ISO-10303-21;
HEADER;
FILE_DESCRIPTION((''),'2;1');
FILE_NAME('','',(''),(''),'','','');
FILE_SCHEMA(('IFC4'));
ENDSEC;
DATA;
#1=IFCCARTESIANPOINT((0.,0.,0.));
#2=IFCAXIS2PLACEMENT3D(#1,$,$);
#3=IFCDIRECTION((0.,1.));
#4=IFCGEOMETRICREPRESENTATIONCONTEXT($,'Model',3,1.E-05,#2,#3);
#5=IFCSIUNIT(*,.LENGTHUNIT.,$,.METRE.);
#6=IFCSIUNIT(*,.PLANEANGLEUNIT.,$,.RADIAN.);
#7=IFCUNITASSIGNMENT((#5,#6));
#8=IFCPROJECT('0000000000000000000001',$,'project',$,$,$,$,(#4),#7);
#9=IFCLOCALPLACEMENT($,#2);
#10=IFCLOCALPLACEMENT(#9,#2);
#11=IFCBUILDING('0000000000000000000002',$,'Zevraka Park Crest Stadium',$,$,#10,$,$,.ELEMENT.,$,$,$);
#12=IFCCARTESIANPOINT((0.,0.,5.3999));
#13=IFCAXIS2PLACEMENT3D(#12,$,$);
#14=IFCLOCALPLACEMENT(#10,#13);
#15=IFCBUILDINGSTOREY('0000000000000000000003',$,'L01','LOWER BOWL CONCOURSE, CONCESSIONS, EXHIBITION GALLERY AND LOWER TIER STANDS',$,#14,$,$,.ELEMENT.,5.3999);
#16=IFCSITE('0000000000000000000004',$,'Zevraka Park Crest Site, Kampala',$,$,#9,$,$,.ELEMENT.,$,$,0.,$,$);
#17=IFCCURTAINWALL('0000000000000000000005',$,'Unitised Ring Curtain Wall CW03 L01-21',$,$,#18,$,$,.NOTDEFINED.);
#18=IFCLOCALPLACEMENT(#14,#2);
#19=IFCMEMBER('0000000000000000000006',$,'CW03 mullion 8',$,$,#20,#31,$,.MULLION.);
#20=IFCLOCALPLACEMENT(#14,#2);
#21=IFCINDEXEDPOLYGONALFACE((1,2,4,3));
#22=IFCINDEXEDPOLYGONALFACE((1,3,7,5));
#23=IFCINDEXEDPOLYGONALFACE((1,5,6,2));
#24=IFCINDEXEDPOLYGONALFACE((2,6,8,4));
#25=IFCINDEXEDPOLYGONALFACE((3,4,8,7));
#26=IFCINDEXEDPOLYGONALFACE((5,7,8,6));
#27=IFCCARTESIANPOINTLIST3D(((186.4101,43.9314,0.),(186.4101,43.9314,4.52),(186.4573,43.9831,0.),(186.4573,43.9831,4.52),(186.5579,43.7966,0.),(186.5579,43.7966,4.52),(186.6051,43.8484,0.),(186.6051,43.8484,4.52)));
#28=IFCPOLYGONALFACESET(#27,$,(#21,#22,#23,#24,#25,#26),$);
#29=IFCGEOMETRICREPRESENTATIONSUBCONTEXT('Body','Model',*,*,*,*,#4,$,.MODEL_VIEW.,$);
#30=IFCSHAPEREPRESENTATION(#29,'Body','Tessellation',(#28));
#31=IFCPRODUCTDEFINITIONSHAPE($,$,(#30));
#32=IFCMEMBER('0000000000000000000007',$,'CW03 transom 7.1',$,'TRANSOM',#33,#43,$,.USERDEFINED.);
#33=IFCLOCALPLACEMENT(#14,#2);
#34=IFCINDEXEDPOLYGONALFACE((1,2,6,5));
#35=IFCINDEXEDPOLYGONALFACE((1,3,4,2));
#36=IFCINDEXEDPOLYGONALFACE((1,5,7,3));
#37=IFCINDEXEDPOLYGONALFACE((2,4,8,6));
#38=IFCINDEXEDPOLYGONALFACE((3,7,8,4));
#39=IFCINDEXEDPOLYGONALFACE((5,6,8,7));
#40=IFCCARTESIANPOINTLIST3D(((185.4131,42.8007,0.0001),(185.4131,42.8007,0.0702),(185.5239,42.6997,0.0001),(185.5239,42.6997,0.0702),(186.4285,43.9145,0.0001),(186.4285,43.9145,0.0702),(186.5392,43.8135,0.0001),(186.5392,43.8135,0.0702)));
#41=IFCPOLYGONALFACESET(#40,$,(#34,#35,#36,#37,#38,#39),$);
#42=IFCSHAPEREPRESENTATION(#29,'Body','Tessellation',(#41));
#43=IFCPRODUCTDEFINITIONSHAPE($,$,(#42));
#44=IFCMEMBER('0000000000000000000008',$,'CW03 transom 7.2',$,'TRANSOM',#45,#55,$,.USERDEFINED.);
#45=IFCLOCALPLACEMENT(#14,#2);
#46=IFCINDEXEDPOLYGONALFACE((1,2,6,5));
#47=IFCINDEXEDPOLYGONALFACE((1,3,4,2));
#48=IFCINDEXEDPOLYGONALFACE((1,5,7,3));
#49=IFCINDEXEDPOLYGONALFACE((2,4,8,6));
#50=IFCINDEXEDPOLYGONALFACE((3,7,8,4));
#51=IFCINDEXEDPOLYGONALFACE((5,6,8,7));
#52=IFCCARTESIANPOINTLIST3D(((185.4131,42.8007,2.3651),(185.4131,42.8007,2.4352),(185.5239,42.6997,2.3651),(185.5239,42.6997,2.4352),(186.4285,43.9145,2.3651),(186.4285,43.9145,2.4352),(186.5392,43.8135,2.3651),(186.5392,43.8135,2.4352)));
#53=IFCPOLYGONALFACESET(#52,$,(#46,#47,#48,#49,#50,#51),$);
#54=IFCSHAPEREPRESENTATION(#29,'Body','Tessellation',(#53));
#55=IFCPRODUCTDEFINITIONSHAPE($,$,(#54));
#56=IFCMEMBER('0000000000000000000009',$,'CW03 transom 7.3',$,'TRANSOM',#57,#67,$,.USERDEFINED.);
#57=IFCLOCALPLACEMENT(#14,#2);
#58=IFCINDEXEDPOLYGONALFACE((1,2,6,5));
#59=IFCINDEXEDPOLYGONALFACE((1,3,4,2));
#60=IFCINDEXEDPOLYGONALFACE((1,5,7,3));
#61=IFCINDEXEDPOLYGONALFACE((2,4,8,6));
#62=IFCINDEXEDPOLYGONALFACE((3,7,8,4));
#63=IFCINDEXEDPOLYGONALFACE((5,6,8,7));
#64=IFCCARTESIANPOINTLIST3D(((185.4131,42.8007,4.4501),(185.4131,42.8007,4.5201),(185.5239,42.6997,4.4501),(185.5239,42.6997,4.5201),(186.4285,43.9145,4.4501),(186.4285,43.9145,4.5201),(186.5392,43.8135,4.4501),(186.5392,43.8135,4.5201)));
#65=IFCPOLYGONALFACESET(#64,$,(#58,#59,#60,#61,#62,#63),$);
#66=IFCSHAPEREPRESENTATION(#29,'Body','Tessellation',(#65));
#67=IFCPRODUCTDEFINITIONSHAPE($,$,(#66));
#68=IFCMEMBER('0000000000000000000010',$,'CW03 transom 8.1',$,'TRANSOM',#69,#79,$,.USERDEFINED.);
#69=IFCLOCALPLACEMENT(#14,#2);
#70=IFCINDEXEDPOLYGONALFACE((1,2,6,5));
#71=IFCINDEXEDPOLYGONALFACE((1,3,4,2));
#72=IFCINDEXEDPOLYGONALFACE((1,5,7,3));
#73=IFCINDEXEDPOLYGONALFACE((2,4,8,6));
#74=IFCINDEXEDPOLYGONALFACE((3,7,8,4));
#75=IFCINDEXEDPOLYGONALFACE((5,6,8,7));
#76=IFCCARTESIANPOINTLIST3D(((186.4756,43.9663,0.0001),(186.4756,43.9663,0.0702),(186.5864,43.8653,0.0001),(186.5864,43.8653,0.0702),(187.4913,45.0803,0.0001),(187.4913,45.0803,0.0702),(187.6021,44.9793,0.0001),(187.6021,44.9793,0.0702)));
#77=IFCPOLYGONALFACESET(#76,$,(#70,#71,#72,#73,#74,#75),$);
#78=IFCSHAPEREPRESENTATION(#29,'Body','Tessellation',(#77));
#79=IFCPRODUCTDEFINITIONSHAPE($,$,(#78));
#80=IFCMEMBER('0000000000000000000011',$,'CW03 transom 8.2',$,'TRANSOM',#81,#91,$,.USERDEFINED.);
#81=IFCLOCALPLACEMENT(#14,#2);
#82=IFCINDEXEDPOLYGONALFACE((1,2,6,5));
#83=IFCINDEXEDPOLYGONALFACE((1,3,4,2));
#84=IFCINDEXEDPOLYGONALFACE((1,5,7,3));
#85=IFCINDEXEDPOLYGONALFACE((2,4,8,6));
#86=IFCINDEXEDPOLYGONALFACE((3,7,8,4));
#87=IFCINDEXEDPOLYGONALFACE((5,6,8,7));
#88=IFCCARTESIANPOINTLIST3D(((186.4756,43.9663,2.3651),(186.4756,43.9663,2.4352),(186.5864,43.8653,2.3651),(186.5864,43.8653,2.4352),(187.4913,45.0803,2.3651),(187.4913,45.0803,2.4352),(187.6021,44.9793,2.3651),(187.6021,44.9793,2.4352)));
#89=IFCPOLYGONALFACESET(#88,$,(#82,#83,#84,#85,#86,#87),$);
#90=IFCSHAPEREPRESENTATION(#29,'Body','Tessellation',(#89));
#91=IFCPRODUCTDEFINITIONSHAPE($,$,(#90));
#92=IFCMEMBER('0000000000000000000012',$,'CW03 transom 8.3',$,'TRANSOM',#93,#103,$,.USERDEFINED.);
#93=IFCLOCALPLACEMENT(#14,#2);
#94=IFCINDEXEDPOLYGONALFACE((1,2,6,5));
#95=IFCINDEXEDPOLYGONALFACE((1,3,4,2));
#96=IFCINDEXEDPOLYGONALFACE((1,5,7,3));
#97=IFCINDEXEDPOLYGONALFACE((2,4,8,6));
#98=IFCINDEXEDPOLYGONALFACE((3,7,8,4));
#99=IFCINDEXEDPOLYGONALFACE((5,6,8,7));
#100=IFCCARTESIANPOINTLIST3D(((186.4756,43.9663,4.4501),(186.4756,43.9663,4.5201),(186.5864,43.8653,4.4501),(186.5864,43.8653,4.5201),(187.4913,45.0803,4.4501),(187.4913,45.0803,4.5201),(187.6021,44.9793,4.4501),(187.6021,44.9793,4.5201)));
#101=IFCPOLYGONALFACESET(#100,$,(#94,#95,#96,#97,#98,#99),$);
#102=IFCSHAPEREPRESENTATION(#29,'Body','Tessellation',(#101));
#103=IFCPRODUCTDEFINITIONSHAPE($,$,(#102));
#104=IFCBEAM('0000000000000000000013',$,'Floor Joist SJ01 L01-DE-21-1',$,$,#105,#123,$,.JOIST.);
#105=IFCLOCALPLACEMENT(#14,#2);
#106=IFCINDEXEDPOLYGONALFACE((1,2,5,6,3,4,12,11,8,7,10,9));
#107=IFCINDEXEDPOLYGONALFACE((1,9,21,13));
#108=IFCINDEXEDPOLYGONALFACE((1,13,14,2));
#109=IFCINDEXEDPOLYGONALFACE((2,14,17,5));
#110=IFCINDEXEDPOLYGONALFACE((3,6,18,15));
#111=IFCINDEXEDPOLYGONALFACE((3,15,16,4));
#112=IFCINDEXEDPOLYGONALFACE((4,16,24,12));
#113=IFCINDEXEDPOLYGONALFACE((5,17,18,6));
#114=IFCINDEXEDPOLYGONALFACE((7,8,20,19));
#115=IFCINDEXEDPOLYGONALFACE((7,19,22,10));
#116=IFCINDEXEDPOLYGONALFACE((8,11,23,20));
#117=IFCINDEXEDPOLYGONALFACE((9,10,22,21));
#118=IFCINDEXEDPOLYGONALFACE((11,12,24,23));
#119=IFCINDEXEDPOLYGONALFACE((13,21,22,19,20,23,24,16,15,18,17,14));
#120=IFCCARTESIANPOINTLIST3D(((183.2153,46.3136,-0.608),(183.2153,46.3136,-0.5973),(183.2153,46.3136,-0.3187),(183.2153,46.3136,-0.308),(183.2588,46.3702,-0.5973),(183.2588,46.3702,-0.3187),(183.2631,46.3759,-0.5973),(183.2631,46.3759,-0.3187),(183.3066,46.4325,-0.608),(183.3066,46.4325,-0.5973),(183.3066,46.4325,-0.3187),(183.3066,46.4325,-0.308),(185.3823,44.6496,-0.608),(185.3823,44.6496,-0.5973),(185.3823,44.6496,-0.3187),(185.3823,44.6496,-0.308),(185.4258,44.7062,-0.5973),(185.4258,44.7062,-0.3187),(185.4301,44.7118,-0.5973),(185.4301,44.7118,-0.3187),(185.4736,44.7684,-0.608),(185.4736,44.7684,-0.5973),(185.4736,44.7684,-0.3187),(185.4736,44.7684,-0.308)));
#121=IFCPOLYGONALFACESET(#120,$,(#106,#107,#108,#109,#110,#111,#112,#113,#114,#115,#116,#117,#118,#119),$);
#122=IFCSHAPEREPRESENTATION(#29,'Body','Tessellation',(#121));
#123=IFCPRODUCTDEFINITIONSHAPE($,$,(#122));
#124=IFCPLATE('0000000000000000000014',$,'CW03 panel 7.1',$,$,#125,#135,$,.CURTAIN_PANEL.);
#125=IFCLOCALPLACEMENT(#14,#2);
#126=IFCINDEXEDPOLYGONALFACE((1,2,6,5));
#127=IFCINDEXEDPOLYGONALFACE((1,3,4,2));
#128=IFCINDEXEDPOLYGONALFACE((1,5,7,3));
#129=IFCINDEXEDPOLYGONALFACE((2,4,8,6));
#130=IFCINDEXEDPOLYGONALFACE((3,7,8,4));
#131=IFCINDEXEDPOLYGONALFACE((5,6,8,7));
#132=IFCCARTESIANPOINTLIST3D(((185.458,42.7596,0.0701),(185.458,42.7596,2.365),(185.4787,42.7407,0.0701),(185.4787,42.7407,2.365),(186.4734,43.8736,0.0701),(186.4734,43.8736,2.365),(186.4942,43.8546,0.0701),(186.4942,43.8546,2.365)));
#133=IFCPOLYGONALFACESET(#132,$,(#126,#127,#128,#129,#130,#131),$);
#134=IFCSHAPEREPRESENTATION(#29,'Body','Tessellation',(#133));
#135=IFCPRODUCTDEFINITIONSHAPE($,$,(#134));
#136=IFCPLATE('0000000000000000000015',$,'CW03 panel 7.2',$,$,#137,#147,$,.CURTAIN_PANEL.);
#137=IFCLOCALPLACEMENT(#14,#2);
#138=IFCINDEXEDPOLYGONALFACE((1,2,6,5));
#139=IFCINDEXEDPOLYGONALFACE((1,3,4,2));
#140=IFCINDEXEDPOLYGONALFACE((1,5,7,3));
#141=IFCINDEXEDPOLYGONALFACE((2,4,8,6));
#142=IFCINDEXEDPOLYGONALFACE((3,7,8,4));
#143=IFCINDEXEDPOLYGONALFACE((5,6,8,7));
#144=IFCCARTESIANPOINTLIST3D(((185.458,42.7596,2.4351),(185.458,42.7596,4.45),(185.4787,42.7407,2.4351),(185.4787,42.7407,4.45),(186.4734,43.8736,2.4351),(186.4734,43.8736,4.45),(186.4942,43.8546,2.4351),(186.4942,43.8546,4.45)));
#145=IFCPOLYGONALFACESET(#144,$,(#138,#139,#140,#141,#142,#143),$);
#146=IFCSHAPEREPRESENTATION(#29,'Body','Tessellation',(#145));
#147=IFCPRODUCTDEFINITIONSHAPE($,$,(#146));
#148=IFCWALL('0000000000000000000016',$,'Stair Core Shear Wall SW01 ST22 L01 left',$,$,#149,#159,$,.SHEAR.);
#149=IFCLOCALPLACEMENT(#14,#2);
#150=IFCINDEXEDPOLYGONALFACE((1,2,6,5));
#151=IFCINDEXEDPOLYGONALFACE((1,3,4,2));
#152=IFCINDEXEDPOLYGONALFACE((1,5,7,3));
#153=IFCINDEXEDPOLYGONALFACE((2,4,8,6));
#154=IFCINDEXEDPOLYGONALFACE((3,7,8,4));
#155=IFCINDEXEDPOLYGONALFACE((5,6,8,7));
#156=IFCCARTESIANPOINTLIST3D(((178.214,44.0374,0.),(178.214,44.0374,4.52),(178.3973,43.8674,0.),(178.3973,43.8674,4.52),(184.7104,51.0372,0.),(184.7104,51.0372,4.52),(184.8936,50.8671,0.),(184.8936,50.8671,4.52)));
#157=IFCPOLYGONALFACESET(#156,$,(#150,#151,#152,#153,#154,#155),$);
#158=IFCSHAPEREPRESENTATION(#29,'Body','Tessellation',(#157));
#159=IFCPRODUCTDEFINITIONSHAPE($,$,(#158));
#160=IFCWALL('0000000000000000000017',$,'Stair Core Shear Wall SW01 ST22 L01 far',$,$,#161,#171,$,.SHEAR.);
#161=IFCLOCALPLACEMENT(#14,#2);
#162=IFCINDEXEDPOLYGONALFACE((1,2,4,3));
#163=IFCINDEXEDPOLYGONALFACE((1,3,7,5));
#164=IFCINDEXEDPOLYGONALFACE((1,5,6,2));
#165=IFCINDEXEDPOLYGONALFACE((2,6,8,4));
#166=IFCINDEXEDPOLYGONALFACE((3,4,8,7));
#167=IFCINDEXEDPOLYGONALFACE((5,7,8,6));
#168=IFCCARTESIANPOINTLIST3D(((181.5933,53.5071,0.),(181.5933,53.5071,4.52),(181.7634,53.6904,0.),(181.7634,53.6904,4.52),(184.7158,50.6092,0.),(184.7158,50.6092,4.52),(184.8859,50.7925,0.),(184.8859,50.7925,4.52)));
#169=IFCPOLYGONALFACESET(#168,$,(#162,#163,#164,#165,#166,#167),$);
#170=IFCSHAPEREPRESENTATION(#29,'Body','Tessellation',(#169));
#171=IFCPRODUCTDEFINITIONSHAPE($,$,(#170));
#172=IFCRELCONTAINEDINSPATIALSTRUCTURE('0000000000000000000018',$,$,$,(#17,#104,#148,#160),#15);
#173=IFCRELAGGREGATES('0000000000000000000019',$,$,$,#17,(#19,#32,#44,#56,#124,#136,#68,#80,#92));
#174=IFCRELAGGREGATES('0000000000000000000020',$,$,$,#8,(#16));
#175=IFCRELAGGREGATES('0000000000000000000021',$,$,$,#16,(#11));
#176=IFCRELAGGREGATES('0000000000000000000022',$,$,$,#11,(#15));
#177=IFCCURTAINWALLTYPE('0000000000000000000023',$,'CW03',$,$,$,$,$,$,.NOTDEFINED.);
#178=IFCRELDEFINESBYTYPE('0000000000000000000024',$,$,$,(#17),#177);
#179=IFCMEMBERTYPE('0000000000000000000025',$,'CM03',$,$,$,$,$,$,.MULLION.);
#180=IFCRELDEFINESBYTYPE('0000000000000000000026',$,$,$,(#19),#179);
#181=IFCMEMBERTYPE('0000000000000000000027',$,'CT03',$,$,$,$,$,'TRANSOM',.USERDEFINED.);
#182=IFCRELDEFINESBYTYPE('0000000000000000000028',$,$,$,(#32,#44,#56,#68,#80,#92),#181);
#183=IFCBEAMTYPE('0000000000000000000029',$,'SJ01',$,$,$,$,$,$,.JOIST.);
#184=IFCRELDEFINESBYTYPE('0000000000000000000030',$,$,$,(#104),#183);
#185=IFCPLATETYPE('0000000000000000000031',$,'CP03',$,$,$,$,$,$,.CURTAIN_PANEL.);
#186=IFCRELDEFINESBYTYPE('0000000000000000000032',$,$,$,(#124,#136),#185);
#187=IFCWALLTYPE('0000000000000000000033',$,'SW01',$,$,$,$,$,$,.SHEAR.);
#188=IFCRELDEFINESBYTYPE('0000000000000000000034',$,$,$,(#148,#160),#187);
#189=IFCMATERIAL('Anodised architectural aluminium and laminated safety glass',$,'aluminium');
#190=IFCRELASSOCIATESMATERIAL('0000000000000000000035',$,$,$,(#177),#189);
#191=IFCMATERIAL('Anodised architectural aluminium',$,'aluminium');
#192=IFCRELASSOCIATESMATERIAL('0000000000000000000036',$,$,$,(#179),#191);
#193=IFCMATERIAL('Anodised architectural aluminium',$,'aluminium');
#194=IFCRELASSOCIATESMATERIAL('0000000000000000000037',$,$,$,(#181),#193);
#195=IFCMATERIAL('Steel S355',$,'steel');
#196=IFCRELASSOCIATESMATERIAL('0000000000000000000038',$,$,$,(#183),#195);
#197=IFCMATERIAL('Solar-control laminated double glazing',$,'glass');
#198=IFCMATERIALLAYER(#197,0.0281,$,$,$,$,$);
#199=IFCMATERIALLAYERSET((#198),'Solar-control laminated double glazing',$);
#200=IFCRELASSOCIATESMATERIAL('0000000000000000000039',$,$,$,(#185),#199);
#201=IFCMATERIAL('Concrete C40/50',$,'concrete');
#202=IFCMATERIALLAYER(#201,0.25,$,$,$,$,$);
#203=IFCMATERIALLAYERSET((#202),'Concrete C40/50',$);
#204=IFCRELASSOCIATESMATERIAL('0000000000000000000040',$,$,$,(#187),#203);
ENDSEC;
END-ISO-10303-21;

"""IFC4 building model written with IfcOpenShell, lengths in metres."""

from ifc_helpers import new_model, si_unit, direction, frame, frame_2d, origin, origin_2d, place, context, subcontext, project, spatial, rectangle, i_section, extrude, material, layer, layer_set, material_profile, profile_set, type_object, element, aggregate, save


model = new_model("IFC4")

# Units and contexts
model_context = context("Model", 3, precision=1e-05, world=origin(), true_north=direction((0.0, 1.0)))
body_context = subcontext(model_context, "Body", "Model", "MODEL_VIEW")
ifc_project = project(units=[si_unit("LENGTHUNIT", "METRE"), si_unit("PLANEANGLEUNIT", "RADIAN")], contexts=[model_context])

# Site, building, storey
site_placement = place(None, origin())
site = spatial("IfcSite", under=ifc_project, at=site_placement, Name="Zevraka Park Crest Site, Kampala", CompositionType="ELEMENT", RefElevation=0.0)
building_placement = place(site_placement, origin())
building = spatial("IfcBuilding", under=site, at=building_placement, Name="Zevraka Park Crest Stadium", CompositionType="ELEMENT")
storey_placement = place(building_placement, frame((0.0, 0.0, 5.3999)))
storey = spatial("IfcBuildingStorey", under=building, at=storey_placement, Name="L01", Description="LOWER BOWL CONCOURSE, CONCESSIONS, EXHIBITION GALLERY AND LOWER TIER STANDS", CompositionType="ELEMENT", Elevation=5.3999)

# Curtain wall, members
ifc_material_1 = material(Name="Anodised architectural aluminium and laminated safety glass", Category="aluminium")
curtain_wall_type = type_object("IfcCurtainWallType", Name="CW03", PredefinedType="NOTDEFINED", material=ifc_material_1)
curtain_wall_placement = place(storey_placement, origin())
curtain_wall = element("IfcCurtainWall", 1, at=curtain_wall_placement, inside=storey, type_object=curtain_wall_type, Name="Unitised Ring Curtain Wall CW03 L01-21", PredefinedType="NOTDEFINED")
ifc_material_2 = material(Name="Anodised architectural aluminium", Category="aluminium")
ifc_material_profile_1 = material_profile(ifc_material_2, rectangle(XDim=0.2, YDim=0.0701, at=origin_2d()), Name="ALU MULLION 200x70")
ifc_profile_set_1 = profile_set([ifc_material_profile_1], Name="Anodised architectural aluminium")
member_type_1 = type_object("IfcMemberType", Name="CM03", PredefinedType="MULLION", material=ifc_profile_set_1)
member_1_placement = place(storey_placement, frame((186.5076, 43.8899, 0.0), z_axis=(0.0, 0.0, 1.0), x_axis=(-0.739023, 0.67368, 0.0)))
member_1 = element("IfcMember", 2, at=member_1_placement, type_object=member_type_1, Name="CW03 mullion 8", PredefinedType="MULLION", context=body_context, shape_type="SweptSolid", body=[
    extrude(rectangle(XDim=0.2, YDim=0.0701, at=origin_2d()), origin(), (0.0, 0.0, 1.0), 4.52),
])
ifc_material_3 = material(Name="Anodised architectural aluminium", Category="aluminium")
ifc_material_profile_2 = material_profile(ifc_material_3, rectangle(XDim=0.1499, YDim=0.0701, at=origin_2d()), Name="ALU TRANSOM 150x70")
ifc_profile_set_2 = profile_set([ifc_material_profile_2], Name="Anodised architectural aluminium")
member_type_2 = type_object("IfcMemberType", Name="CT03", ElementType="TRANSOM", PredefinedType="USERDEFINED", material=ifc_profile_set_2)
member_2_placement = place(storey_placement, frame((185.4685, 42.7502, 0.0352), z_axis=(0.673712, 0.738994, 0.0), x_axis=(-0.738994, 0.673712, 0.0)))
member_2 = element("IfcMember", 3, at=member_2_placement, type_object=member_type_2, Name="CW03 transom 7.1", ObjectType="TRANSOM", PredefinedType="USERDEFINED", context=body_context, shape_type="SweptSolid", body=[
    extrude(rectangle(XDim=0.1499, YDim=0.0701, at=origin_2d()), origin(), (0.0, 0.0, 1.0), 1.5071),
])
member_3_placement = place(storey_placement, frame((185.4685, 42.7502, 2.4001), z_axis=(0.673712, 0.738994, 0.0), x_axis=(-0.738994, 0.673712, 0.0)))
member_3 = element("IfcMember", 4, at=member_3_placement, type_object=member_type_2, Name="CW03 transom 7.2", ObjectType="TRANSOM", PredefinedType="USERDEFINED", context=body_context, shape_type="SweptSolid", body=[
    extrude(rectangle(XDim=0.1499, YDim=0.0701, at=origin_2d()), origin(), (0.0, 0.0, 1.0), 1.5071),
])
member_4_placement = place(storey_placement, frame((185.4685, 42.7502, 4.4851), z_axis=(0.673712, 0.738994, 0.0), x_axis=(-0.738994, 0.673712, 0.0)))
member_4 = element("IfcMember", 5, at=member_4_placement, type_object=member_type_2, Name="CW03 transom 7.3", ObjectType="TRANSOM", PredefinedType="USERDEFINED", context=body_context, shape_type="SweptSolid", body=[
    extrude(rectangle(XDim=0.1499, YDim=0.0701, at=origin_2d()), origin(), (0.0, 0.0, 1.0), 1.5071),
])
member_5_placement = place(storey_placement, frame((186.531, 43.9158, 0.0352), z_axis=(0.67372, 0.738987, 0.0), x_axis=(-0.738987, 0.67372, 0.0)))
member_5 = element("IfcMember", 6, at=member_5_placement, type_object=member_type_2, Name="CW03 transom 8.1", ObjectType="TRANSOM", PredefinedType="USERDEFINED", context=body_context, shape_type="SweptSolid", body=[
    extrude(rectangle(XDim=0.1499, YDim=0.0701, at=origin_2d()), origin(), (0.0, 0.0, 1.0), 1.5076),
])
member_6_placement = place(storey_placement, frame((186.531, 43.9158, 2.4001), z_axis=(0.67372, 0.738987, 0.0), x_axis=(-0.738987, 0.67372, 0.0)))
member_6 = element("IfcMember", 7, at=member_6_placement, type_object=member_type_2, Name="CW03 transom 8.2", ObjectType="TRANSOM", PredefinedType="USERDEFINED", context=body_context, shape_type="SweptSolid", body=[
    extrude(rectangle(XDim=0.1499, YDim=0.0701, at=origin_2d()), origin(), (0.0, 0.0, 1.0), 1.5076),
])
member_7_placement = place(storey_placement, frame((186.531, 43.9158, 4.4851), z_axis=(0.67372, 0.738987, 0.0), x_axis=(-0.738987, 0.67372, 0.0)))
member_7 = element("IfcMember", 8, at=member_7_placement, type_object=member_type_2, Name="CW03 transom 8.3", ObjectType="TRANSOM", PredefinedType="USERDEFINED", context=body_context, shape_type="SweptSolid", body=[
    extrude(rectangle(XDim=0.1499, YDim=0.0701, at=origin_2d()), origin(), (0.0, 0.0, 1.0), 1.5076),
])

# Beam
ifc_material_4 = material(Name="Steel S355", Category="steel")
ifc_material_profile_3 = material_profile(ifc_material_4, i_section(OverallWidth=0.1499, OverallDepth=0.3, WebThickness=0.0071, FlangeThickness=0.0107, at=origin_2d()), Name="IPE 300")
ifc_profile_set_3 = profile_set([ifc_material_profile_3], Name="Steel S355")
beam_type = type_object("IfcBeamType", Name="SJ01", PredefinedType="JOIST", material=ifc_profile_set_3)
beam_placement = place(storey_placement, frame((183.261, 46.373, -0.458), z_axis=(0.793129, -0.609054, 0.0), x_axis=(0.609054, 0.793129, 0.0)))
element("IfcBeam", 9, at=beam_placement, inside=storey, type_object=beam_type, Name="Floor Joist SJ01 L01-DE-21-1", PredefinedType="JOIST", context=body_context, shape_type="SweptSolid", body=[
    extrude(i_section(OverallWidth=0.1499, OverallDepth=0.3, WebThickness=0.0071, FlangeThickness=0.0107, at=origin_2d()), origin(), (0.0, 0.0, 1.0), 2.7322),
])

# Plates
ifc_material_5 = material(Name="Solar-control laminated double glazing", Category="glass")
ifc_layer_1 = layer(ifc_material_5, 0.0281)
ifc_layer_set_1 = layer_set([ifc_layer_1], Name="Solar-control laminated double glazing")
plate_type = type_object("IfcPlateType", Name="CP03", PredefinedType="CURTAIN_PANEL", material=ifc_layer_set_1)
plate_1_placement = place(storey_placement, frame((185.9761, 43.3071, 0.0701), z_axis=(0.0, 0.0, 1.0), x_axis=(0.67368, 0.739023, 0.0)))
plate_1 = element("IfcPlate", 10, at=plate_1_placement, type_object=plate_type, Name="CW03 panel 7.1", PredefinedType="CURTAIN_PANEL", context=body_context, shape_type="SweptSolid", body=[
    extrude(rectangle(XDim=1.5073, YDim=0.0281, at=origin_2d()), origin(), (0.0, 0.0, 1.0), 2.2949),
])
plate_2_placement = place(storey_placement, frame((185.9761, 43.3071, 2.4351), z_axis=(0.0, 0.0, 1.0), x_axis=(0.67368, 0.739023, 0.0)))
plate_2 = element("IfcPlate", 11, at=plate_2_placement, type_object=plate_type, Name="CW03 panel 7.2", PredefinedType="CURTAIN_PANEL", context=body_context, shape_type="SweptSolid", body=[
    extrude(rectangle(XDim=1.5073, YDim=0.0281, at=origin_2d()), origin(), (0.0, 0.0, 1.0), 2.0149),
])
aggregate(curtain_wall, [member_1, member_2, member_3, member_4, plate_1, plate_2, member_5, member_6, member_7])

# Walls
ifc_material_6 = material(Name="Concrete C40/50", Category="concrete")
ifc_layer_2 = layer(ifc_material_6, 0.25)
ifc_layer_set_2 = layer_set([ifc_layer_2], Name="Concrete C40/50")
wall_type = type_object("IfcWallType", Name="SW01", PredefinedType="SHEAR", material=ifc_layer_set_2)
wall_1_placement = place(storey_placement, frame((178.3057, 43.9524, 0.0), z_axis=(0.0, 0.0, 1.0), x_axis=(0.680258, 0.732973, 0.0)))
element("IfcWall", 12, at=wall_1_placement, inside=storey, type_object=wall_type, Name="Stair Core Shear Wall SW01 ST22 L01 left", PredefinedType="SHEAR", context=body_context, shape_type="SweptSolid", body=[
    extrude(rectangle(XDim=9.5498, YDim=0.25, at=frame_2d((4.7749, 0.0))), origin(), (0.0, 0.0, 1.0), 4.52),
])
wall_2_placement = place(storey_placement, frame((184.8008, 50.7009, 0.0), z_axis=(0.0, 0.0, 1.0), x_axis=(-0.732977, 0.680253, 0.0)))
element("IfcWall", 13, at=wall_2_placement, inside=storey, type_object=wall_type, Name="Stair Core Shear Wall SW01 ST22 L01 far", PredefinedType="SHEAR", context=body_context, shape_type="SweptSolid", body=[
    extrude(rectangle(XDim=4.26, YDim=0.25, at=frame_2d((2.1299, 0.0))), origin(), (0.0, 0.0, 1.0), 4.52),
])

save(model, "model.ifc")
